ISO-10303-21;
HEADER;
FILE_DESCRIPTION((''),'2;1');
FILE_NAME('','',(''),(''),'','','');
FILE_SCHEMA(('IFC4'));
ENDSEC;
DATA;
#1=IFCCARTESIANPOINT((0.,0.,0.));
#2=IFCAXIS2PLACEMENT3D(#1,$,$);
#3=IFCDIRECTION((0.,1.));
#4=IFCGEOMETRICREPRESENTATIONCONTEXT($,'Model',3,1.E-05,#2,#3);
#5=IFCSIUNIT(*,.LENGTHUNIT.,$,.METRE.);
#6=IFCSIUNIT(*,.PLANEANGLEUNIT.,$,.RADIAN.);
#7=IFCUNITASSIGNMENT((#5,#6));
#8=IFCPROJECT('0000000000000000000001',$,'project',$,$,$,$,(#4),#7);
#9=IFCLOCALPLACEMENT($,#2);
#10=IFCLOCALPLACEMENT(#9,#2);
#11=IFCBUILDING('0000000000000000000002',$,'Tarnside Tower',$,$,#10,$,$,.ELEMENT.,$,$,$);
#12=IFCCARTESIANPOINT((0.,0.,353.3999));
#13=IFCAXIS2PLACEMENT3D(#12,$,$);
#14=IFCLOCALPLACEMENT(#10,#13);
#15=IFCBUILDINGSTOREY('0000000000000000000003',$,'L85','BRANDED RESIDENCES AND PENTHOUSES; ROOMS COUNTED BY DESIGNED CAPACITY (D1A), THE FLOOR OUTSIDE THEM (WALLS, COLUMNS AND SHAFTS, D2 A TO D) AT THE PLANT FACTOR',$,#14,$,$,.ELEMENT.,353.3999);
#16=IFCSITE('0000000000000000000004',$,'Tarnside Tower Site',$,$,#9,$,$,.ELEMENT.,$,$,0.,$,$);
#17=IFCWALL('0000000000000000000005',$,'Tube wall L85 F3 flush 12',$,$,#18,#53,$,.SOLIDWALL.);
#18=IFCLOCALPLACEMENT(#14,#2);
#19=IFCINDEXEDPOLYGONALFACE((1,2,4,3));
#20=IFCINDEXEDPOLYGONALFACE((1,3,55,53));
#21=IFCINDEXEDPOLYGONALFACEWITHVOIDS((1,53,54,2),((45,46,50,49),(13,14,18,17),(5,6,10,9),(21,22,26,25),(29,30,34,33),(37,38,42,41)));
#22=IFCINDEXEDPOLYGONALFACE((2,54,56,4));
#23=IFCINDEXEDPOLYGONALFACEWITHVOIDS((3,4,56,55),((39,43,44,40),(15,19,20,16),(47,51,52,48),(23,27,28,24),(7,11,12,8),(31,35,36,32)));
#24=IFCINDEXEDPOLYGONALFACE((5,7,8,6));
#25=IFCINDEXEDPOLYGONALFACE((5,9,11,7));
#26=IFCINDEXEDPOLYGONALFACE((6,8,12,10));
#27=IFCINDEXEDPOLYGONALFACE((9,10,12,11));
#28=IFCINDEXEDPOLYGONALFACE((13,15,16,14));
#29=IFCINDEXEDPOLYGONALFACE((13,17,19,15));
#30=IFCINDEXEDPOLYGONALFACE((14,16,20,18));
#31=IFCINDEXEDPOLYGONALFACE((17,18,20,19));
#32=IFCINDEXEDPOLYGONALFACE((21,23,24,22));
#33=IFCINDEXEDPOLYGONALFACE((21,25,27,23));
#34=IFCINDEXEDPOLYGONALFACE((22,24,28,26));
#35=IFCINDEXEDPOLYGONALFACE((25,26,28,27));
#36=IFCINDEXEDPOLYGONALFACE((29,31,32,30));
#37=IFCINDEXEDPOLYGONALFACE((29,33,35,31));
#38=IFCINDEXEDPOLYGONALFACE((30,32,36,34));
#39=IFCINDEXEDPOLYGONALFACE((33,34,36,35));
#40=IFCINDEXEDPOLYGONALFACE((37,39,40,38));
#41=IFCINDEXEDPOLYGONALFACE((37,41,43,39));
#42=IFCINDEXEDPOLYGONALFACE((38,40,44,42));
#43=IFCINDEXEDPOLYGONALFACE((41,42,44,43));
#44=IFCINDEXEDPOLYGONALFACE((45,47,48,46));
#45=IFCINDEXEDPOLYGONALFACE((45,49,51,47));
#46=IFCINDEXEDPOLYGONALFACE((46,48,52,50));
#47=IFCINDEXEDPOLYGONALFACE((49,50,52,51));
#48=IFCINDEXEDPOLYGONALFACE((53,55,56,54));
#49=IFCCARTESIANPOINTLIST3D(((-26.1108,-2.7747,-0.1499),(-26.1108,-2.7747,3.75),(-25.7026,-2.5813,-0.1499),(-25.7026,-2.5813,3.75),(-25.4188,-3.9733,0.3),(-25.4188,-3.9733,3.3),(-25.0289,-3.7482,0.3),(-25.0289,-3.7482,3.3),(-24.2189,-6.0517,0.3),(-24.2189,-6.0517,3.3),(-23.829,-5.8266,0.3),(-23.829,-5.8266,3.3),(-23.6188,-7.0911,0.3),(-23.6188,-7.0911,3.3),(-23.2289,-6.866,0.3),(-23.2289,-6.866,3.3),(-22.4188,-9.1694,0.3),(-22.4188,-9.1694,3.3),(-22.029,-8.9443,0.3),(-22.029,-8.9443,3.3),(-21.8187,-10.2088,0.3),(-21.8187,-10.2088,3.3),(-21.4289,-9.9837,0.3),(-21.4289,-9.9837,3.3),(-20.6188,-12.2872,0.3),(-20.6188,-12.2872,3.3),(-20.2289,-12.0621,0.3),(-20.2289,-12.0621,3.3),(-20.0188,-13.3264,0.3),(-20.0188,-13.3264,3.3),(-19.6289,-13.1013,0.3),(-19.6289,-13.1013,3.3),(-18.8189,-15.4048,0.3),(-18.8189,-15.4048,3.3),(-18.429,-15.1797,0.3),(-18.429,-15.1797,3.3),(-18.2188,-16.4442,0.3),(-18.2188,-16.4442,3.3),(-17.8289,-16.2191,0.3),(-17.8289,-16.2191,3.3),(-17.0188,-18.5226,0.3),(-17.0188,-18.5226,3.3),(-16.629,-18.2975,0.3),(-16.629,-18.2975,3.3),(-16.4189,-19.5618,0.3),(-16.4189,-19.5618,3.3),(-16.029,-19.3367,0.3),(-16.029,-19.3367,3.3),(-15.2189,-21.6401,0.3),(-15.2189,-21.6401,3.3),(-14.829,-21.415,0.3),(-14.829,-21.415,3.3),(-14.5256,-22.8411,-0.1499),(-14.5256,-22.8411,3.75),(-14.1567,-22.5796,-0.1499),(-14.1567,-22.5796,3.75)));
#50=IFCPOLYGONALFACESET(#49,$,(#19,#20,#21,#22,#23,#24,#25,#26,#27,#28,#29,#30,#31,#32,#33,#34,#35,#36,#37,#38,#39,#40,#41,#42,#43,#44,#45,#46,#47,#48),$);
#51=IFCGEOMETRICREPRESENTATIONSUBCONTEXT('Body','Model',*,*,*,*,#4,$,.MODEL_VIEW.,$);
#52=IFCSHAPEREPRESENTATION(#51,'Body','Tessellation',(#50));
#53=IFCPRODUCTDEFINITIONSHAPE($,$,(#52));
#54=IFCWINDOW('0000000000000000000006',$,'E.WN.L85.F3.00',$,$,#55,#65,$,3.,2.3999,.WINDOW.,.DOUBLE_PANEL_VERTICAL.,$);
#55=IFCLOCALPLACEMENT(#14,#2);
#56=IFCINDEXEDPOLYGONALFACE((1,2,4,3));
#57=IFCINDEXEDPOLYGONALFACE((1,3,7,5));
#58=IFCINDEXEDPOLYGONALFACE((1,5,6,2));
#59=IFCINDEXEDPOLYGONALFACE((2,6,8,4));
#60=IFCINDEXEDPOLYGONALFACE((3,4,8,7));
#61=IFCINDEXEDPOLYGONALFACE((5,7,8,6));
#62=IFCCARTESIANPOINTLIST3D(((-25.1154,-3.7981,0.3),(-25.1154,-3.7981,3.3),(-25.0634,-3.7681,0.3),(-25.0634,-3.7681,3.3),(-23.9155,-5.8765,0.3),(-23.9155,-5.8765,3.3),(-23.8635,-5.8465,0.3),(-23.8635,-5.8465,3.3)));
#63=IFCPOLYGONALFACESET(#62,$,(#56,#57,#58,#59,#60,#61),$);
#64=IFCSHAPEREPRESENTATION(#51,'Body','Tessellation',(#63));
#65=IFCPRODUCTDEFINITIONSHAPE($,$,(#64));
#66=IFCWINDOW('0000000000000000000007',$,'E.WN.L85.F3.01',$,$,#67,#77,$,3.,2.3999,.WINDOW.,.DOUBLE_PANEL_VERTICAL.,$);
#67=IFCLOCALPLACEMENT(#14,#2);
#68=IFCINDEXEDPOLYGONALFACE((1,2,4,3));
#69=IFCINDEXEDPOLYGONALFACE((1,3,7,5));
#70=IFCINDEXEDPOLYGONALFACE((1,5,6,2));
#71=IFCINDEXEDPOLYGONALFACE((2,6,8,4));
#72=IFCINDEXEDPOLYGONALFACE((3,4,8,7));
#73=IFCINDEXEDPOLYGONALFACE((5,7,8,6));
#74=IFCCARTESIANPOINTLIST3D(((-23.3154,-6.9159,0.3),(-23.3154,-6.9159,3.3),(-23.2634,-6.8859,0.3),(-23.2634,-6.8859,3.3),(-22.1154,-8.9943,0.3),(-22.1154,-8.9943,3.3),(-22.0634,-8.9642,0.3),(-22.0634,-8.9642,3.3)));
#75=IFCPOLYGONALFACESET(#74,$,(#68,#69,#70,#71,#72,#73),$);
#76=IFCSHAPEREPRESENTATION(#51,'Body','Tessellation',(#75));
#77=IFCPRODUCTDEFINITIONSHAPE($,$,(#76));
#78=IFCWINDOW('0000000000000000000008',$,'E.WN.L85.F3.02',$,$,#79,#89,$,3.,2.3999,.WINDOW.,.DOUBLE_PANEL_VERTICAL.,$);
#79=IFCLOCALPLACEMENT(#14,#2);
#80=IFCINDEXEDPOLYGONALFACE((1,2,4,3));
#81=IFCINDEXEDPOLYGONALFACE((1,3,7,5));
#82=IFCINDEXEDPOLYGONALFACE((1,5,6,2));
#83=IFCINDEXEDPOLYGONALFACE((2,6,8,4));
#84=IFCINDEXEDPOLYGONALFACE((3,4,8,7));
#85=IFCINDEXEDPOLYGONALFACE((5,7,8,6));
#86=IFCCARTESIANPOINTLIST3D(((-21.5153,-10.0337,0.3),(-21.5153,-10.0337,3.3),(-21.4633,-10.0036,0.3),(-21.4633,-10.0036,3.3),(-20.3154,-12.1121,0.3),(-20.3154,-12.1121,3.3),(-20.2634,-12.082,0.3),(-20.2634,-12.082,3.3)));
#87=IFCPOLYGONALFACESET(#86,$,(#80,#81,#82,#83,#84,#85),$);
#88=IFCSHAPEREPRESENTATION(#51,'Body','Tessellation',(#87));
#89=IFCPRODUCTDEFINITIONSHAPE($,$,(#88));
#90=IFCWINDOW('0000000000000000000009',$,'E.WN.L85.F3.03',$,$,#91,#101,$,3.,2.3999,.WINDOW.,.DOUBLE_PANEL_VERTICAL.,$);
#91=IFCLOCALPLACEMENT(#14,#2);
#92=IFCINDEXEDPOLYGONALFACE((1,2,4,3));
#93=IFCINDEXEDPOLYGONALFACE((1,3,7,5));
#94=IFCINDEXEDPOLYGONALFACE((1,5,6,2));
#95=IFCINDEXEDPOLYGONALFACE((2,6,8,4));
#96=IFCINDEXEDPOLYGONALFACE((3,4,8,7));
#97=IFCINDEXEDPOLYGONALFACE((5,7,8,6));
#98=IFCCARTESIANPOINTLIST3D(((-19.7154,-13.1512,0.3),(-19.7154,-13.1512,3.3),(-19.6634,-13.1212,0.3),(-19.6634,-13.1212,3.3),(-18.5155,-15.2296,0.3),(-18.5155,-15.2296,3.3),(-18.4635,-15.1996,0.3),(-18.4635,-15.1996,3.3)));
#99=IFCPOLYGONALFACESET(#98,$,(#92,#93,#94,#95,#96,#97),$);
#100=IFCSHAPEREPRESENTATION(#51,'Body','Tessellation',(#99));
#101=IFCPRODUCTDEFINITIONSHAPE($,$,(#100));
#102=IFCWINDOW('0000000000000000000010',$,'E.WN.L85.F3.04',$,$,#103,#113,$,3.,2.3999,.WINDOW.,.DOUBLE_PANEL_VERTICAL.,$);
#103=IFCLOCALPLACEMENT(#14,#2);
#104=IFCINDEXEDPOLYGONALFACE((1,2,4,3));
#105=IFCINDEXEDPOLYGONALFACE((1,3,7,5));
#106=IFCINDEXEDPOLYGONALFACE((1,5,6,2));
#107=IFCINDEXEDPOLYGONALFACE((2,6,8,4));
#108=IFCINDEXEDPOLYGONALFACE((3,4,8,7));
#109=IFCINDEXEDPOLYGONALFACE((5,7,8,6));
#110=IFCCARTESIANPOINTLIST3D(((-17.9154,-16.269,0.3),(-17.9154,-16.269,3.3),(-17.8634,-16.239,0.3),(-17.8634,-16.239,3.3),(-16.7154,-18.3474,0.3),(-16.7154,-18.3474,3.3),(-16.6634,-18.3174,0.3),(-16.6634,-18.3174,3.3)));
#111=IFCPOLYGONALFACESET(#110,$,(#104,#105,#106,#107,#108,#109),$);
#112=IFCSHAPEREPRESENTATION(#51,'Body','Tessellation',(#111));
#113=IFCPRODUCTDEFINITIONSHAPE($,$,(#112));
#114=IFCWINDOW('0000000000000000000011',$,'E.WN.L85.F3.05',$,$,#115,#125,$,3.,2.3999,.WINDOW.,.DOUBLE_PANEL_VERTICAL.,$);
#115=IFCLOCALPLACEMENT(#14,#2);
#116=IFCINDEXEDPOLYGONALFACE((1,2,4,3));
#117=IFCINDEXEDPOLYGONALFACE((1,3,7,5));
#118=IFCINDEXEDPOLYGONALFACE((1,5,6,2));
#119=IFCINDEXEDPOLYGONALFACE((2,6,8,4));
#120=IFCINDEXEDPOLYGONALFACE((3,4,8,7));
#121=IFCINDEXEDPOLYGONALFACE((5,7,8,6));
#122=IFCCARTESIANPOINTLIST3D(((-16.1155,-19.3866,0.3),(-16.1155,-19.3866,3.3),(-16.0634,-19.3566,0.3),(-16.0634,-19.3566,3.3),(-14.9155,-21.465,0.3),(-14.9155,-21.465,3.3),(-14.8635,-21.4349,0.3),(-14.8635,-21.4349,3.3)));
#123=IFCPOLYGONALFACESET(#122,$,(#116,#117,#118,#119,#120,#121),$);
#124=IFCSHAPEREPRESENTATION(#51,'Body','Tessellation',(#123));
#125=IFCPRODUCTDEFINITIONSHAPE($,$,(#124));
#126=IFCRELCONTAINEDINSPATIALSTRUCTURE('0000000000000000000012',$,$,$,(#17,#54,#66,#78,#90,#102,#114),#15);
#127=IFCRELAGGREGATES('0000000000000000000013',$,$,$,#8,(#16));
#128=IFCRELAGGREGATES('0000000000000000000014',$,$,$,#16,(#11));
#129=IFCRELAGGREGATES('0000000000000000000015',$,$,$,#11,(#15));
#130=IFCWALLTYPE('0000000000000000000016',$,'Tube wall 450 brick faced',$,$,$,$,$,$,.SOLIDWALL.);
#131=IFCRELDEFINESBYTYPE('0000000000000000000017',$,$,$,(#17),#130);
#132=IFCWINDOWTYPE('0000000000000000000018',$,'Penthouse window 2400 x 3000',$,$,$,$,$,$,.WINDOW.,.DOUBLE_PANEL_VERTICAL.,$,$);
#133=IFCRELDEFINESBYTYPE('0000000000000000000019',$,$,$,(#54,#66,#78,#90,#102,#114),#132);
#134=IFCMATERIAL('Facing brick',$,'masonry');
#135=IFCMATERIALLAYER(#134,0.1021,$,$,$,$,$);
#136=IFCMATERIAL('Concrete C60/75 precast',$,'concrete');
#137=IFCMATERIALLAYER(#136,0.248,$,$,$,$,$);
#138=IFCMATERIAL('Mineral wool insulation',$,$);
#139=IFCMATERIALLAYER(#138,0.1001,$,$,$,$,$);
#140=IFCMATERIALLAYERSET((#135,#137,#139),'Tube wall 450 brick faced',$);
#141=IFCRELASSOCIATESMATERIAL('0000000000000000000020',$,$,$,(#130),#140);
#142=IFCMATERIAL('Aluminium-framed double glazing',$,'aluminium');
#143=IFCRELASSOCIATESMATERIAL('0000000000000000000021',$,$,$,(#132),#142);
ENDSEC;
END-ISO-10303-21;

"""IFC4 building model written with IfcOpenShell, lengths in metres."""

from ifc_helpers import new_model, si_unit, direction, frame, frame_2d, origin, place, context, subcontext, project, spatial, polyline, rectangle, outline, extrude, material, layer, layer_set, type_object, element, fill, save


model = new_model("IFC4")

# Units and contexts
model_context = context("Model", 3, precision=1e-05, world=origin(), true_north=direction((0.0, 1.0)))
body_context = subcontext(model_context, "Body", "Model", "MODEL_VIEW")
ifc_project = project(units=[si_unit("LENGTHUNIT", "METRE"), si_unit("PLANEANGLEUNIT", "RADIAN")], contexts=[model_context])

# Site, building, storey
site_placement = place(None, origin())
site = spatial("IfcSite", under=ifc_project, at=site_placement, Name="Tarnside Tower Site", CompositionType="ELEMENT", RefElevation=0.0)
building_placement = place(site_placement, origin())
building = spatial("IfcBuilding", under=site, at=building_placement, Name="Tarnside Tower", CompositionType="ELEMENT")
storey_placement = place(building_placement, frame((0.0, 0.0, 353.3999)))
storey = spatial("IfcBuildingStorey", under=building, at=storey_placement, Name="L85", Description="BRANDED RESIDENCES AND PENTHOUSES; ROOMS COUNTED BY DESIGNED CAPACITY (D1A), THE FLOOR OUTSIDE THEM (WALLS, COLUMNS AND SHAFTS, D2 A TO D) AT THE PLANT FACTOR", CompositionType="ELEMENT", Elevation=353.3999)

# Shared definitions
ifc_material_1 = material(Name="Facing brick", Category="masonry")
ifc_layer_1 = layer(ifc_material_1, 0.1021)
ifc_material_2 = material(Name="Concrete C60/75 precast", Category="concrete")
ifc_layer_2 = layer(ifc_material_2, 0.248)
ifc_material_3 = material(Name="Mineral wool insulation")
ifc_layer_3 = layer(ifc_material_3, 0.1001)
ifc_layer_set_1 = layer_set([ifc_layer_1, ifc_layer_2, ifc_layer_3], Name="Tube wall 450 brick faced")
wall_type_1 = type_object("IfcWallType", Name="Tube wall 450 brick faced", PredefinedType="SOLIDWALL", material=ifc_layer_set_1)

# Wall, openings, windows
wall_1_placement = place(storey_placement, frame((-25.9067, -2.678, -0.1499), z_axis=(0.0, 0.0, 1.0), x_axis=(0.499997, -0.866027, 0.0)))
wall_1 = element("IfcWall", 1, at=wall_1_placement, inside=storey, type_object=wall_type_1, Name="Tube wall L85 F3 flush 12", PredefinedType="SOLIDWALL", context=body_context, shape_type="SweptSolid", body=[
    extrude(outline(polyline([(-0.0183, -0.2251), (23.1523, -0.2251), (23.1104, 0.2251), (0.0183, 0.2251), (-0.0183, -0.2251)])), origin(), (0.0, 0.0, 1.0), 3.8999),
])
opening_1_placement = place(wall_1_placement, frame((1.3657, 0.0, 0.45)))
opening_1 = element("IfcOpeningElement", 2, at=opening_1_placement, cuts=wall_1, PredefinedType="OPENING", context=body_context, shape_type="SweptSolid", body=[
    extrude(rectangle(XDim=2.3999, YDim=3.0, at=frame_2d((1.2, 1.5))), frame((0.0, 0.2349, 0.0), z_axis=(0.0, -1.0, 0.0), x_axis=(1.0, 0.0, 0.0)), (0.0, 0.0, 1.0), 0.47),
])
opening_2_placement = place(wall_1_placement, frame((4.9658, 0.0, 0.45)))
opening_2 = element("IfcOpeningElement", 3, at=opening_2_placement, cuts=wall_1, PredefinedType="OPENING", context=body_context, shape_type="SweptSolid", body=[
    extrude(rectangle(XDim=2.3999, YDim=3.0, at=frame_2d((1.2, 1.5))), frame((0.0, 0.2349, 0.0), z_axis=(0.0, -1.0, 0.0), x_axis=(1.0, 0.0, 0.0)), (0.0, 0.0, 1.0), 0.47),
])
opening_3_placement = place(wall_1_placement, frame((8.5659, 0.0, 0.45)))
opening_3 = element("IfcOpeningElement", 4, at=opening_3_placement, cuts=wall_1, PredefinedType="OPENING", context=body_context, shape_type="SweptSolid", body=[
    extrude(rectangle(XDim=2.3999, YDim=3.0, at=frame_2d((1.2, 1.5))), frame((0.0, 0.2349, 0.0), z_axis=(0.0, -1.0, 0.0), x_axis=(1.0, 0.0, 0.0)), (0.0, 0.0, 1.0), 0.47),
])
opening_4_placement = place(wall_1_placement, frame((12.1658, 0.0, 0.45)))
opening_4 = element("IfcOpeningElement", 5, at=opening_4_placement, cuts=wall_1, PredefinedType="OPENING", context=body_context, shape_type="SweptSolid", body=[
    extrude(rectangle(XDim=2.3999, YDim=3.0, at=frame_2d((1.2, 1.5))), frame((0.0, 0.2349, 0.0), z_axis=(0.0, -1.0, 0.0), x_axis=(1.0, 0.0, 0.0)), (0.0, 0.0, 1.0), 0.47),
])
opening_5_placement = place(wall_1_placement, frame((15.7659, 0.0, 0.45)))
opening_5 = element("IfcOpeningElement", 6, at=opening_5_placement, cuts=wall_1, PredefinedType="OPENING", context=body_context, shape_type="SweptSolid", body=[
    extrude(rectangle(XDim=2.3999, YDim=3.0, at=frame_2d((1.2, 1.5))), frame((0.0, 0.2349, 0.0), z_axis=(0.0, -1.0, 0.0), x_axis=(1.0, 0.0, 0.0)), (0.0, 0.0, 1.0), 0.47),
])
opening_6_placement = place(wall_1_placement, frame((19.3657, 0.0, 0.45)))
opening_6 = element("IfcOpeningElement", 7, at=opening_6_placement, cuts=wall_1, PredefinedType="OPENING", context=body_context, shape_type="SweptSolid", body=[
    extrude(rectangle(XDim=2.3999, YDim=3.0, at=frame_2d((1.2, 1.5))), frame((0.0, 0.2349, 0.0), z_axis=(0.0, -1.0, 0.0), x_axis=(1.0, 0.0, 0.0)), (0.0, 0.0, 1.0), 0.47),
])
ifc_material_4 = material(Name="Aluminium-framed double glazing", Category="aluminium")
window_type = type_object("IfcWindowType", Name="Penthouse window 2400 x 3000", PartitioningType="DOUBLE_PANEL_VERTICAL", PredefinedType="WINDOW", material=ifc_material_4)
window_1_placement = place(opening_1_placement, frame((0.0, 0.1553, 0.0)))
window_1 = element("IfcWindow", 8, at=window_1_placement, inside=storey, type_object=window_type, Name="E.WN.L85.F3.00", OverallHeight=3.0, OverallWidth=2.3999, PartitioningType="DOUBLE_PANEL_VERTICAL", PredefinedType="WINDOW", context=body_context, shape_type="SweptSolid", body=[
    extrude(rectangle(XDim=2.3999, YDim=3.0, at=frame_2d((1.2, 1.5))), frame((0.0, 0.03, 0.0), z_axis=(0.0, -1.0, 0.0), x_axis=(1.0, 0.0, 0.0)), (0.0, 0.0, 1.0), 0.0601),
])
fill(opening_1, window_1)
window_2_placement = place(opening_2_placement, frame((0.0, 0.1553, 0.0)))
window_2 = element("IfcWindow", 9, at=window_2_placement, inside=storey, type_object=window_type, Name="E.WN.L85.F3.01", OverallHeight=3.0, OverallWidth=2.3999, PartitioningType="DOUBLE_PANEL_VERTICAL", PredefinedType="WINDOW", context=body_context, shape_type="SweptSolid", body=[
    extrude(rectangle(XDim=2.3999, YDim=3.0, at=frame_2d((1.2, 1.5))), frame((0.0, 0.03, 0.0), z_axis=(0.0, -1.0, 0.0), x_axis=(1.0, 0.0, 0.0)), (0.0, 0.0, 1.0), 0.0601),
])
fill(opening_2, window_2)
window_3_placement = place(opening_3_placement, frame((0.0, 0.1553, 0.0)))
window_3 = element("IfcWindow", 10, at=window_3_placement, inside=storey, type_object=window_type, Name="E.WN.L85.F3.02", OverallHeight=3.0, OverallWidth=2.3999, PartitioningType="DOUBLE_PANEL_VERTICAL", PredefinedType="WINDOW", context=body_context, shape_type="SweptSolid", body=[
    extrude(rectangle(XDim=2.3999, YDim=3.0, at=frame_2d((1.2, 1.5))), frame((0.0, 0.03, 0.0), z_axis=(0.0, -1.0, 0.0), x_axis=(1.0, 0.0, 0.0)), (0.0, 0.0, 1.0), 0.0601),
])
fill(opening_3, window_3)
window_4_placement = place(opening_4_placement, frame((0.0, 0.1553, 0.0)))
window_4 = element("IfcWindow", 11, at=window_4_placement, inside=storey, type_object=window_type, Name="E.WN.L85.F3.03", OverallHeight=3.0, OverallWidth=2.3999, PartitioningType="DOUBLE_PANEL_VERTICAL", PredefinedType="WINDOW", context=body_context, shape_type="SweptSolid", body=[
    extrude(rectangle(XDim=2.3999, YDim=3.0, at=frame_2d((1.2, 1.5))), frame((0.0, 0.03, 0.0), z_axis=(0.0, -1.0, 0.0), x_axis=(1.0, 0.0, 0.0)), (0.0, 0.0, 1.0), 0.0601),
])
fill(opening_4, window_4)
window_5_placement = place(opening_5_placement, frame((0.0, 0.1553, 0.0)))
window_5 = element("IfcWindow", 12, at=window_5_placement, inside=storey, type_object=window_type, Name="E.WN.L85.F3.04", OverallHeight=3.0, OverallWidth=2.3999, PartitioningType="DOUBLE_PANEL_VERTICAL", PredefinedType="WINDOW", context=body_context, shape_type="SweptSolid", body=[
    extrude(rectangle(XDim=2.3999, YDim=3.0, at=frame_2d((1.2, 1.5))), frame((0.0, 0.03, 0.0), z_axis=(0.0, -1.0, 0.0), x_axis=(1.0, 0.0, 0.0)), (0.0, 0.0, 1.0), 0.0601),
])
fill(opening_5, window_5)
window_6_placement = place(opening_6_placement, frame((0.0, 0.1553, 0.0)))
window_6 = element("IfcWindow", 13, at=window_6_placement, inside=storey, type_object=window_type, Name="E.WN.L85.F3.05", OverallHeight=3.0, OverallWidth=2.3999, PartitioningType="DOUBLE_PANEL_VERTICAL", PredefinedType="WINDOW", context=body_context, shape_type="SweptSolid", body=[
    extrude(rectangle(XDim=2.3999, YDim=3.0, at=frame_2d((1.2, 1.5))), frame((0.0, 0.03, 0.0), z_axis=(0.0, -1.0, 0.0), x_axis=(1.0, 0.0, 0.0)), (0.0, 0.0, 1.0), 0.0601),
])
fill(opening_6, window_6)

save(model, "model.ifc")
